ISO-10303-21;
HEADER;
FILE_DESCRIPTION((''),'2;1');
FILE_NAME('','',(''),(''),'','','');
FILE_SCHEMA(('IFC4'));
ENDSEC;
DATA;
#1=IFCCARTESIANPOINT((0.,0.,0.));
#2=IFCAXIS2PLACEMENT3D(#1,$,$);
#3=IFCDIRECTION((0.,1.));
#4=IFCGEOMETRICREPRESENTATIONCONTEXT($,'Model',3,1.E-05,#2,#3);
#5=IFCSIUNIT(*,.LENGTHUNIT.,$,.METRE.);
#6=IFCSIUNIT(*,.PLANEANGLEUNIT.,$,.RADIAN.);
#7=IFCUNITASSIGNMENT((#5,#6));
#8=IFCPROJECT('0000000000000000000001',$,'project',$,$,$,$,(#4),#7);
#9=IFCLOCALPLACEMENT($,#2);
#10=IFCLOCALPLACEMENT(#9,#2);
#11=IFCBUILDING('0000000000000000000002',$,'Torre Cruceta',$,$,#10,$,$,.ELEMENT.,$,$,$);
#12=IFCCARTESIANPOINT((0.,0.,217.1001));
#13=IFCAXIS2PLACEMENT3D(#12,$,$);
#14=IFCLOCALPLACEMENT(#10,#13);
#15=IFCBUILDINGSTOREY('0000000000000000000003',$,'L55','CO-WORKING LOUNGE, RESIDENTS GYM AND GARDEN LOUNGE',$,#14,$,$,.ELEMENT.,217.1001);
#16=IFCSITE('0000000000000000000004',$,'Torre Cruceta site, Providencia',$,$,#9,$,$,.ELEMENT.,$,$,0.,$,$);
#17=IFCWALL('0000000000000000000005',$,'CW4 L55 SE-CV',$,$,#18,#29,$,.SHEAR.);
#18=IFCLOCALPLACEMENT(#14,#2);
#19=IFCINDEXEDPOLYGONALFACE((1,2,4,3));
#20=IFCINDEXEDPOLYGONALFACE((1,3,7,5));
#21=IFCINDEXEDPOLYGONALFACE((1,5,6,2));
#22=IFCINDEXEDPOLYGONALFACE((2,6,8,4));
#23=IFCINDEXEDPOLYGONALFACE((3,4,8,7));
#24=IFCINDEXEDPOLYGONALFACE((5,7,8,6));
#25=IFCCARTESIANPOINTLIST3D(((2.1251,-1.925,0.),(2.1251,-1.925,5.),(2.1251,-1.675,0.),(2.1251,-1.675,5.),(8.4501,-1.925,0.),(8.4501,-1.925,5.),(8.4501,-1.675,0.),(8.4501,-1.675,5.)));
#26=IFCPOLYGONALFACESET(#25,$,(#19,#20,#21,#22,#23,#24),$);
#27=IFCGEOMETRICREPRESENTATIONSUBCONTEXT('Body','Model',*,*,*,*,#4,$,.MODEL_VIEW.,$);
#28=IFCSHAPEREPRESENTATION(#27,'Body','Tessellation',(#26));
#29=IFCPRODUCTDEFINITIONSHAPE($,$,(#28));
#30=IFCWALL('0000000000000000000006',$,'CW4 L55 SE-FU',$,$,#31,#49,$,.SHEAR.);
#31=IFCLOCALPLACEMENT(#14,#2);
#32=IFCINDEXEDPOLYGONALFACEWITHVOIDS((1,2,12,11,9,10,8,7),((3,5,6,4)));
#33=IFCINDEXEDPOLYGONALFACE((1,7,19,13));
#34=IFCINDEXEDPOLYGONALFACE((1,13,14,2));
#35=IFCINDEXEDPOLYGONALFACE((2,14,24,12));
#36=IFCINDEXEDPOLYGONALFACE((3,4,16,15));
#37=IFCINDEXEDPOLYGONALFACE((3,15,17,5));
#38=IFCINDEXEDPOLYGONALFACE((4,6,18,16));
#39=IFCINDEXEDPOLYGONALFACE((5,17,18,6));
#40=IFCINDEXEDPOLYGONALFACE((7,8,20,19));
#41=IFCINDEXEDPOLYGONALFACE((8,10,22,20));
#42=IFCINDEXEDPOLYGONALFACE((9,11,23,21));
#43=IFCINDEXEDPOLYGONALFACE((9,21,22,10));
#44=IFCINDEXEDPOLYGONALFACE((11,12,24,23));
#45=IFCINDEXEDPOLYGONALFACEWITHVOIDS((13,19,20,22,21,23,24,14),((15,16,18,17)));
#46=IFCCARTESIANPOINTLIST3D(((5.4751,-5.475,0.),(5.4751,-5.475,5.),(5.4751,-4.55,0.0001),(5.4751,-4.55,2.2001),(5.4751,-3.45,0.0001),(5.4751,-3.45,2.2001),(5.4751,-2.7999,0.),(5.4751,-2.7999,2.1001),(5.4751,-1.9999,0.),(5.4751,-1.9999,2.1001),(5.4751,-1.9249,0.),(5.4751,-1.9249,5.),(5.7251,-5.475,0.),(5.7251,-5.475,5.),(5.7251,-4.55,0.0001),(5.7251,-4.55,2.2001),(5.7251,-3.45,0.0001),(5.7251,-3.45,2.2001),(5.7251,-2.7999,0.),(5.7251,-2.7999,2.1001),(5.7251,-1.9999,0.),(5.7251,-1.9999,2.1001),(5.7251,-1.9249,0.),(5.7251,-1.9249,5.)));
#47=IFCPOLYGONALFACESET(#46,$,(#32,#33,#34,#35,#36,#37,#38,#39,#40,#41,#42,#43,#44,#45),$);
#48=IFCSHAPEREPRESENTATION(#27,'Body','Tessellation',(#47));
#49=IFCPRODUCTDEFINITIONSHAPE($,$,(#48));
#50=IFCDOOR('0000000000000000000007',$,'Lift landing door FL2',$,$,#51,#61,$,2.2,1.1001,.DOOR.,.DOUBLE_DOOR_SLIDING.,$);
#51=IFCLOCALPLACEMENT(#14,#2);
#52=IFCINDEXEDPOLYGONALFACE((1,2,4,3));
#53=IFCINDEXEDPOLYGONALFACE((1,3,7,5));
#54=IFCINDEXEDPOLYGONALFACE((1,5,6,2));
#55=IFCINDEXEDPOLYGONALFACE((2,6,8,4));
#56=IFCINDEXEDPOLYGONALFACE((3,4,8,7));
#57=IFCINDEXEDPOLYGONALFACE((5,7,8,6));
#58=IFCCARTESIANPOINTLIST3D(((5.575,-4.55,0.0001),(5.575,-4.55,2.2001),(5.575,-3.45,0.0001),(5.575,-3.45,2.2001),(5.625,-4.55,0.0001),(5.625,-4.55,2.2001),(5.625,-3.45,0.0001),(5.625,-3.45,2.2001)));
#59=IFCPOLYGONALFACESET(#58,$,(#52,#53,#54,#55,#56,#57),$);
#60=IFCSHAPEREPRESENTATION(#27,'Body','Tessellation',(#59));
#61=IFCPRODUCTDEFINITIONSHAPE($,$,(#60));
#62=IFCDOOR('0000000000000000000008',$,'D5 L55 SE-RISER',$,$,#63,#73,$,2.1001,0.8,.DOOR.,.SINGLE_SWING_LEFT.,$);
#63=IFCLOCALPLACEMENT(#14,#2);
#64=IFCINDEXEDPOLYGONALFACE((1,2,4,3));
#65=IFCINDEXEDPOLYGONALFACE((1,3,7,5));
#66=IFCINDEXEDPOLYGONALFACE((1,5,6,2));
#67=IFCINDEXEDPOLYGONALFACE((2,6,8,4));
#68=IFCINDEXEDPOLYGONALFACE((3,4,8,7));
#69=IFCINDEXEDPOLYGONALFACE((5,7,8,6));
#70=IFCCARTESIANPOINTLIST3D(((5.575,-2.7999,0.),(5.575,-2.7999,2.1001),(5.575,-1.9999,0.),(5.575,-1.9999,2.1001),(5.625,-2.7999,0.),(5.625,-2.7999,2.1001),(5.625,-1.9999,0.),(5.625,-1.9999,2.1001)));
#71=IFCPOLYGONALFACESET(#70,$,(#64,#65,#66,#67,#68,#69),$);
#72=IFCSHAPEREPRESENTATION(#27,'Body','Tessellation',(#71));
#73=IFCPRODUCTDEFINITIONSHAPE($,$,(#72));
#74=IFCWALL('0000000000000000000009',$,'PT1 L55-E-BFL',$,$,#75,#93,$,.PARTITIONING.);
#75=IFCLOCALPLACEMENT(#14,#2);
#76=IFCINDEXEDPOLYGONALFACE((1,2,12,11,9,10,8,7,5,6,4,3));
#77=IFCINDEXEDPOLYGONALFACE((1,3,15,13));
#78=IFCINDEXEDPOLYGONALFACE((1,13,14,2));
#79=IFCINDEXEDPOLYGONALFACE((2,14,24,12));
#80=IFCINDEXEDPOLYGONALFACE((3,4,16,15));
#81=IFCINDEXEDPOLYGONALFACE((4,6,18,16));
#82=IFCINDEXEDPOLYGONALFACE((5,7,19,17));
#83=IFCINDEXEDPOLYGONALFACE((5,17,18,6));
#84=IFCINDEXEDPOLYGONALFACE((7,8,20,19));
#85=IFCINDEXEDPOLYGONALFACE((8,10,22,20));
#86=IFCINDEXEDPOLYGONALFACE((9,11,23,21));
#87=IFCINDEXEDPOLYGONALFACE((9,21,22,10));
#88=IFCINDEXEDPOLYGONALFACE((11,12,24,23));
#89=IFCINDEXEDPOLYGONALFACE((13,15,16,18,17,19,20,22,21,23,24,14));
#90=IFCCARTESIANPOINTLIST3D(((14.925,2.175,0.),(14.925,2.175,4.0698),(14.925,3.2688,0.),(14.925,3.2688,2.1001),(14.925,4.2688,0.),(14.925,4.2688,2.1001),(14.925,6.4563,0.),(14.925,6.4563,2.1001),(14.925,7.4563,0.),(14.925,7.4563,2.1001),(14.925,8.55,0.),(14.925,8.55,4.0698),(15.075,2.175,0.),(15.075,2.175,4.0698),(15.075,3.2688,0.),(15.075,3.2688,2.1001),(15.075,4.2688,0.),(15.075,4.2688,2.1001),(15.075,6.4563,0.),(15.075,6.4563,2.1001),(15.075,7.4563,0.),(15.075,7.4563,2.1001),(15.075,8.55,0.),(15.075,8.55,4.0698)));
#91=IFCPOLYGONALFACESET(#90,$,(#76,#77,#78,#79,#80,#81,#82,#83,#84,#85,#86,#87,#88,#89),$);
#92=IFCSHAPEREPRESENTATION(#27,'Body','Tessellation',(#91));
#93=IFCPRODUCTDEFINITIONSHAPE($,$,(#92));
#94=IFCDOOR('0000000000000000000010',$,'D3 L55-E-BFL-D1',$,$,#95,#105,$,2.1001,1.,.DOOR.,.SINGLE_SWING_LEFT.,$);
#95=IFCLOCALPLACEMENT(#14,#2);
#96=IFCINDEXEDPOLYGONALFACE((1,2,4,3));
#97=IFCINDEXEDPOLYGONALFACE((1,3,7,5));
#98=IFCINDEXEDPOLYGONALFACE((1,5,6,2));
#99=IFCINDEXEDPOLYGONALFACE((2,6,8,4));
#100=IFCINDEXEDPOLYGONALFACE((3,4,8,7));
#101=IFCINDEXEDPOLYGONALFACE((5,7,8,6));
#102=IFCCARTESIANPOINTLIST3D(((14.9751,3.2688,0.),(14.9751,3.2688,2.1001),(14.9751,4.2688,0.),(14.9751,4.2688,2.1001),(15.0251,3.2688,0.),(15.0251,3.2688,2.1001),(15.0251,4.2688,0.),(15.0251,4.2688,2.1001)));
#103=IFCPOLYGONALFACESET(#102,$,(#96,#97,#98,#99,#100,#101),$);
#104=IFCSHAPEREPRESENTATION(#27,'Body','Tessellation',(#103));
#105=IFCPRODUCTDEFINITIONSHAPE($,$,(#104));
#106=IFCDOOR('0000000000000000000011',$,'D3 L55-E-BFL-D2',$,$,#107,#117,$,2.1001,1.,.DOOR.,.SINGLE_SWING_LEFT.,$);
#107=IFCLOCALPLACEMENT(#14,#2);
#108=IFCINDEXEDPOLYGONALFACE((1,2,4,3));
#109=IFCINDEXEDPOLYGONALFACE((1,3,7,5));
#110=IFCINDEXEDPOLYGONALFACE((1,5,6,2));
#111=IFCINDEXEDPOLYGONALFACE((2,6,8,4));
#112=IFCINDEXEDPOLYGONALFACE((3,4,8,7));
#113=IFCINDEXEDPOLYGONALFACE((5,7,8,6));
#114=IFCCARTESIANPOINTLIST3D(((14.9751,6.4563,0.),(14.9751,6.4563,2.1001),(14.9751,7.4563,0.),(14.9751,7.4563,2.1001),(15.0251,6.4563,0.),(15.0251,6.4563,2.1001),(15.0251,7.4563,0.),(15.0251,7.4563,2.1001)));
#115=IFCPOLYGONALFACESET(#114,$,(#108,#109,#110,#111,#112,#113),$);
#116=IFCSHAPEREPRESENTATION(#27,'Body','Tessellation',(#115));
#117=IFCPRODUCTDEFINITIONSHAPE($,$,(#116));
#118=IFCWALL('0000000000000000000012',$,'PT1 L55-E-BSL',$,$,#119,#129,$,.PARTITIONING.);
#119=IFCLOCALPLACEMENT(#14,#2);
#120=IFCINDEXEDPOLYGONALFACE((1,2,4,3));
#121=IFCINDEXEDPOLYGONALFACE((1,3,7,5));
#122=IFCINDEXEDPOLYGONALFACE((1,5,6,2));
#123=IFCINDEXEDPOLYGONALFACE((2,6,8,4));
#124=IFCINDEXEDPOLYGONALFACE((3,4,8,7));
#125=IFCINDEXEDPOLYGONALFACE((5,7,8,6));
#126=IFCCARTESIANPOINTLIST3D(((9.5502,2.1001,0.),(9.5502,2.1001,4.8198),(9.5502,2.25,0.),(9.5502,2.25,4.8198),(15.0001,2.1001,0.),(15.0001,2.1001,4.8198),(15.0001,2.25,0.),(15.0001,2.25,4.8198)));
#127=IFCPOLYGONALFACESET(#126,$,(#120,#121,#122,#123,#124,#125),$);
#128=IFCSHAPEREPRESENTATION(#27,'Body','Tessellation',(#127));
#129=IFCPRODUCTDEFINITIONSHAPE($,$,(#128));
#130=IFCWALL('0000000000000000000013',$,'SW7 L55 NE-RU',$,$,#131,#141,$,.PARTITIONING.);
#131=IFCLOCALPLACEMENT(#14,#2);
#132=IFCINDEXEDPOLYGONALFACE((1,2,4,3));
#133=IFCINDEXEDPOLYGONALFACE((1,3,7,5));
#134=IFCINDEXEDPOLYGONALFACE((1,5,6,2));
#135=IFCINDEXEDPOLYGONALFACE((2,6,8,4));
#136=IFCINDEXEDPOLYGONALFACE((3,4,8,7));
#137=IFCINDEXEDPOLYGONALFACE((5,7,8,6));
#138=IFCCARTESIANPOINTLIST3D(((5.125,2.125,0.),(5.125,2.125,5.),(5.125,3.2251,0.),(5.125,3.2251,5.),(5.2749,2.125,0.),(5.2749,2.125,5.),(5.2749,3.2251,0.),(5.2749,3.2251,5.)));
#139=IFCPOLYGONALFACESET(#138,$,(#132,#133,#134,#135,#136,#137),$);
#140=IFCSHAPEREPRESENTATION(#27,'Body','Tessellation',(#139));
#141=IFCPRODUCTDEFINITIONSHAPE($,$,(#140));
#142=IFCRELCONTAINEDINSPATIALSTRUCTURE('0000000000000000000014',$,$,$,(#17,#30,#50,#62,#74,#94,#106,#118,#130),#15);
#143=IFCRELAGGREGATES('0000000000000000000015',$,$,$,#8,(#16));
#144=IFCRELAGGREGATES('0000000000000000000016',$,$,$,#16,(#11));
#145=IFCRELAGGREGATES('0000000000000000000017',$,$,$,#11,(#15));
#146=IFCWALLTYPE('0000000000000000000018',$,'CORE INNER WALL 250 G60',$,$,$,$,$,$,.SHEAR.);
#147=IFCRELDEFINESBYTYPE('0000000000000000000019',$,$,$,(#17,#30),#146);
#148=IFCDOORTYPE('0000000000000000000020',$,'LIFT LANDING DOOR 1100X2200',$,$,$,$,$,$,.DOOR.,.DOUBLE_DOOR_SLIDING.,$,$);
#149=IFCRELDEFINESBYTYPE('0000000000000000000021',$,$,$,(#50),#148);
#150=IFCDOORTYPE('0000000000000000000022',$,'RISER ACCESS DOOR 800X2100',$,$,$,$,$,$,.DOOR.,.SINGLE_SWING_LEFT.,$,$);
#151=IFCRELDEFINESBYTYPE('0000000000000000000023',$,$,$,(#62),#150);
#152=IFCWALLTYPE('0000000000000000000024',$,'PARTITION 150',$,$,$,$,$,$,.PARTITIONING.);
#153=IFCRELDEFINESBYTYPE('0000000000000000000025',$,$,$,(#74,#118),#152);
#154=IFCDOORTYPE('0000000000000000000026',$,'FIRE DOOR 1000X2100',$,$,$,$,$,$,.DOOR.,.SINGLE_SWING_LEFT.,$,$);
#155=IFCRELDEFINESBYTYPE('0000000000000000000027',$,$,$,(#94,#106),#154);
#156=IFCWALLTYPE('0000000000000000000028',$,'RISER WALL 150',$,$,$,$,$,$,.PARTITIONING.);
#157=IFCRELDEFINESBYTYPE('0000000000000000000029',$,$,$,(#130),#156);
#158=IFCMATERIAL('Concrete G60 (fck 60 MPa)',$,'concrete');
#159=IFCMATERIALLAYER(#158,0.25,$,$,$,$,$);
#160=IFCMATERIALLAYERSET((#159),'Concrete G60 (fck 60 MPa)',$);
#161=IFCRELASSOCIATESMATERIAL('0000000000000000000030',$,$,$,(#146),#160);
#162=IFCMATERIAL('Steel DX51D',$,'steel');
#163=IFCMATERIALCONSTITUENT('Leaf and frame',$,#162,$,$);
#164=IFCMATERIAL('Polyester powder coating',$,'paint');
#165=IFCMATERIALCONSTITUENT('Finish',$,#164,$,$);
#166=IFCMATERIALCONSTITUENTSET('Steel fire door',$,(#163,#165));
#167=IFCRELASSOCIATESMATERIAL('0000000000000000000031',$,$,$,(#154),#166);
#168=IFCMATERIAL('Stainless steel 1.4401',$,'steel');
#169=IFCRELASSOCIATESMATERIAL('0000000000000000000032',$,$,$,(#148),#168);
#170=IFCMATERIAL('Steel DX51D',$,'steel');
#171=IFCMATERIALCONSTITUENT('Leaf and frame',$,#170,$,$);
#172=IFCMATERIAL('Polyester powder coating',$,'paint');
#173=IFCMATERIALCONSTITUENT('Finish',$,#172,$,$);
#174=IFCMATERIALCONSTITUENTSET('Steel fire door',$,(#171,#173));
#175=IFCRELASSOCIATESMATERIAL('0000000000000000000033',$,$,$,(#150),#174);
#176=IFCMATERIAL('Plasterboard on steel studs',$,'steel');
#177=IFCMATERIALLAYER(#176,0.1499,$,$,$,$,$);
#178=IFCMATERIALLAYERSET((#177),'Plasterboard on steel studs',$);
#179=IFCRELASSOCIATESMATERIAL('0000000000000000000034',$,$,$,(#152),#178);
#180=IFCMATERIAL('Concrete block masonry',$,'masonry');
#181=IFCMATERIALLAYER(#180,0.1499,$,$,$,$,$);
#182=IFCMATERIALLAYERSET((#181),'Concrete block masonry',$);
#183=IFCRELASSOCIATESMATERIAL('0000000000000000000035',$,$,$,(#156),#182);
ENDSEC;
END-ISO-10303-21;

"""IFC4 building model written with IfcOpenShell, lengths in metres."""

from ifc_helpers import new_model, si_unit, direction, frame, frame_2d, origin, place, context, subcontext, project, spatial, rectangle, extrude, material, layer, layer_set, constituent, constituent_set, type_object, element, fill, save


model = new_model("IFC4")

# Units and contexts
model_context = context("Model", 3, precision=1e-05, world=origin(), true_north=direction((0.0, 1.0)))
body_context = subcontext(model_context, "Body", "Model", "MODEL_VIEW")
ifc_project = project(units=[si_unit("LENGTHUNIT", "METRE"), si_unit("PLANEANGLEUNIT", "RADIAN")], contexts=[model_context])

# Site, building, storey
site_placement = place(None, origin())
site = spatial("IfcSite", under=ifc_project, at=site_placement, Name="Torre Cruceta site, Providencia", CompositionType="ELEMENT", RefElevation=0.0)
building_placement = place(site_placement, origin())
building = spatial("IfcBuilding", under=site, at=building_placement, Name="Torre Cruceta", CompositionType="ELEMENT")
storey_placement = place(building_placement, frame((0.0, 0.0, 217.1001)))
storey = spatial("IfcBuildingStorey", under=building, at=storey_placement, Name="L55", Description="CO-WORKING LOUNGE, RESIDENTS GYM AND GARDEN LOUNGE", CompositionType="ELEMENT", Elevation=217.1001)

# Shared definitions
ifc_material_1 = material(Name="Concrete G60 (fck 60 MPa)", Category="concrete")
ifc_layer_1 = layer(ifc_material_1, 0.25)
ifc_layer_set_1 = layer_set([ifc_layer_1], Name="Concrete G60 (fck 60 MPa)")
wall_type_1 = type_object("IfcWallType", Name="CORE INNER WALL 250 G60", PredefinedType="SHEAR", material=ifc_layer_set_1)

# Shared definitions
ifc_material_2 = material(Name="Steel DX51D", Category="steel")
ifc_constituent_1 = constituent(ifc_material_2, Name="Leaf and frame")
ifc_material_3 = material(Name="Polyester powder coating", Category="paint")
ifc_constituent_2 = constituent(ifc_material_3, Name="Finish")
ifc_constituent_set_1 = constituent_set(constituents=[ifc_constituent_1, ifc_constituent_2], Name="Steel fire door")
door_type_1 = type_object("IfcDoorType", Name="FIRE DOOR 1000X2100", OperationType="SINGLE_SWING_LEFT", PredefinedType="DOOR", material=ifc_constituent_set_1)

# Wall
wall_1_placement = place(storey_placement, frame((2.125, -1.8, 0.0), z_axis=(0.0, 0.0, 1.0), x_axis=(1.0, 0.0, 0.0)))
element("IfcWall", 1, at=wall_1_placement, inside=storey, type_object=wall_type_1, Name="CW4 L55 SE-CV", PredefinedType="SHEAR", context=body_context, shape_type="SweptSolid", body=[
    extrude(rectangle(XDim=6.325, YDim=0.25, at=frame_2d((3.1626, 0.0))), origin(), (0.0, 0.0, 1.0), 5.0),
])

# Walls, openings, doors
wall_2_placement = place(storey_placement, frame((5.6001, -1.925, 0.0), z_axis=(0.0, 0.0, 1.0), x_axis=(0.0, -1.0, 0.0)))
wall_2 = element("IfcWall", 2, at=wall_2_placement, inside=storey, type_object=wall_type_1, Name="CW4 L55 SE-FU", PredefinedType="SHEAR", context=body_context, shape_type="SweptSolid", body=[
    extrude(rectangle(XDim=3.55, YDim=0.25, at=frame_2d((1.7749, 0.0))), origin(), (0.0, 0.0, 1.0), 5.0),
])
opening_1_placement = place(wall_2_placement, frame((1.5249, 0.0, 0.0)))
opening_1 = element("IfcOpeningElement", 3, at=opening_1_placement, cuts=wall_2, PredefinedType="OPENING", context=body_context, shape_type="SweptSolid", body=[
    extrude(rectangle(XDim=1.1001, YDim=2.2, at=frame_2d((0.55, 1.1001))), frame((0.0, 0.135, 0.0), z_axis=(0.0, -1.0, 0.0), x_axis=(1.0, 0.0, 0.0)), (0.0, 0.0, 1.0), 0.27),
])
opening_2_placement = place(wall_2_placement, frame((0.075, 0.0, 0.0)))
opening_2 = element("IfcOpeningElement", 4, at=opening_2_placement, cuts=wall_2, PredefinedType="OPENING", context=body_context, shape_type="SweptSolid", body=[
    extrude(rectangle(XDim=0.8, YDim=2.1001, at=frame_2d((0.3999, 1.05))), frame((0.0, 0.135, 0.0), z_axis=(0.0, -1.0, 0.0), x_axis=(1.0, 0.0, 0.0)), (0.0, 0.0, 1.0), 0.27),
])
ifc_material_4 = material(Name="Stainless steel 1.4401", Category="steel")
door_type_2 = type_object("IfcDoorType", Name="LIFT LANDING DOOR 1100X2200", OperationType="DOUBLE_DOOR_SLIDING", PredefinedType="DOOR", material=ifc_material_4)
door_1_placement = place(opening_1_placement, origin())
door_1 = element("IfcDoor", 5, at=door_1_placement, inside=storey, type_object=door_type_2, Name="Lift landing door FL2", OperationType="DOUBLE_DOOR_SLIDING", OverallHeight=2.2, OverallWidth=1.1001, PredefinedType="DOOR", context=body_context, shape_type="SweptSolid", body=[
    extrude(rectangle(XDim=1.1001, YDim=2.2, at=frame_2d((0.55, 1.1001))), frame((0.0, 0.0249, 0.0), z_axis=(0.0, -1.0, 0.0), x_axis=(1.0, 0.0, 0.0)), (0.0, 0.0, 1.0), 0.05),
])
fill(opening_1, door_1)
ifc_material_5 = material(Name="Steel DX51D", Category="steel")
ifc_constituent_3 = constituent(ifc_material_5, Name="Leaf and frame")
ifc_material_6 = material(Name="Polyester powder coating", Category="paint")
ifc_constituent_4 = constituent(ifc_material_6, Name="Finish")
ifc_constituent_set_2 = constituent_set(constituents=[ifc_constituent_3, ifc_constituent_4], Name="Steel fire door")
door_type_3 = type_object("IfcDoorType", Name="RISER ACCESS DOOR 800X2100", OperationType="SINGLE_SWING_LEFT", PredefinedType="DOOR", material=ifc_constituent_set_2)
door_2_placement = place(opening_2_placement, origin())
door_2 = element("IfcDoor", 6, at=door_2_placement, inside=storey, type_object=door_type_3, Name="D5 L55 SE-RISER", OperationType="SINGLE_SWING_LEFT", OverallHeight=2.1001, OverallWidth=0.8, PredefinedType="DOOR", context=body_context, shape_type="SweptSolid", body=[
    extrude(rectangle(XDim=0.8, YDim=2.1001, at=frame_2d((0.3999, 1.05))), frame((0.0, 0.0249, 0.0), z_axis=(0.0, -1.0, 0.0), x_axis=(1.0, 0.0, 0.0)), (0.0, 0.0, 1.0), 0.05),
])
fill(opening_2, door_2)
ifc_material_7 = material(Name="Plasterboard on steel studs", Category="steel")
ifc_layer_2 = layer(ifc_material_7, 0.1499)
ifc_layer_set_2 = layer_set([ifc_layer_2], Name="Plasterboard on steel studs")
wall_type_2 = type_object("IfcWallType", Name="PARTITION 150", PredefinedType="PARTITIONING", material=ifc_layer_set_2)
wall_3_placement = place(storey_placement, frame((15.0, 2.175, 0.0), z_axis=(0.0, 0.0, 1.0), x_axis=(0.0, 1.0, 0.0)))
wall_3 = element("IfcWall", 7, at=wall_3_placement, inside=storey, type_object=wall_type_2, Name="PT1 L55-E-BFL", PredefinedType="PARTITIONING", context=body_context, shape_type="SweptSolid", body=[
    extrude(rectangle(XDim=6.375, YDim=0.1499, at=frame_2d((3.1875, 0.0))), origin(), (0.0, 0.0, 1.0), 4.0698),
])
opening_3_placement = place(wall_3_placement, frame((1.0938, 0.0, 0.0)))
opening_3 = element("IfcOpeningElement", 8, at=opening_3_placement, cuts=wall_3, PredefinedType="OPENING", context=body_context, shape_type="SweptSolid", body=[
    extrude(rectangle(XDim=1.0, YDim=2.1001, at=frame_2d((0.5, 1.05))), frame((0.0, 0.085, 0.0), z_axis=(0.0, -1.0, 0.0), x_axis=(1.0, 0.0, 0.0)), (0.0, 0.0, 1.0), 0.1699),
])
opening_4_placement = place(wall_3_placement, frame((4.2812, 0.0, 0.0)))
opening_4 = element("IfcOpeningElement", 9, at=opening_4_placement, cuts=wall_3, PredefinedType="OPENING", context=body_context, shape_type="SweptSolid", body=[
    extrude(rectangle(XDim=1.0, YDim=2.1001, at=frame_2d((0.5, 1.05))), frame((0.0, 0.085, 0.0), z_axis=(0.0, -1.0, 0.0), x_axis=(1.0, 0.0, 0.0)), (0.0, 0.0, 1.0), 0.1699),
])
door_3_placement = place(opening_3_placement, origin())
door_3 = element("IfcDoor", 10, at=door_3_placement, inside=storey, type_object=door_type_1, Name="D3 L55-E-BFL-D1", OperationType="SINGLE_SWING_LEFT", OverallHeight=2.1001, OverallWidth=1.0, PredefinedType="DOOR", context=body_context, shape_type="SweptSolid", body=[
    extrude(rectangle(XDim=1.0, YDim=2.1001, at=frame_2d((0.5, 1.05))), frame((0.0, 0.0249, 0.0), z_axis=(0.0, -1.0, 0.0), x_axis=(1.0, 0.0, 0.0)), (0.0, 0.0, 1.0), 0.05),
])
fill(opening_3, door_3)
door_4_placement = place(opening_4_placement, origin())
door_4 = element("IfcDoor", 11, at=door_4_placement, inside=storey, type_object=door_type_1, Name="D3 L55-E-BFL-D2", OperationType="SINGLE_SWING_LEFT", OverallHeight=2.1001, OverallWidth=1.0, PredefinedType="DOOR", context=body_context, shape_type="SweptSolid", body=[
    extrude(rectangle(XDim=1.0, YDim=2.1001, at=frame_2d((0.5, 1.05))), frame((0.0, 0.0249, 0.0), z_axis=(0.0, -1.0, 0.0), x_axis=(1.0, 0.0, 0.0)), (0.0, 0.0, 1.0), 0.05),
])
fill(opening_4, door_4)

# Walls
wall_4_placement = place(storey_placement, frame((9.55, 2.175, 0.0), z_axis=(0.0, 0.0, 1.0), x_axis=(1.0, 0.0, 0.0)))
element("IfcWall", 12, at=wall_4_placement, inside=storey, type_object=wall_type_2, Name="PT1 L55-E-BSL", PredefinedType="PARTITIONING", context=body_context, shape_type="SweptSolid", body=[
    extrude(rectangle(XDim=5.45, YDim=0.1499, at=frame_2d((2.7251, 0.0))), origin(), (0.0, 0.0, 1.0), 4.8198),
])
ifc_material_8 = material(Name="Concrete block masonry", Category="masonry")
ifc_layer_3 = layer(ifc_material_8, 0.1499)
ifc_layer_set_3 = layer_set([ifc_layer_3], Name="Concrete block masonry")
wall_type_3 = type_object("IfcWallType", Name="RISER WALL 150", PredefinedType="PARTITIONING", material=ifc_layer_set_3)
wall_5_placement = place(storey_placement, frame((5.2, 2.125, 0.0), z_axis=(0.0, 0.0, 1.0), x_axis=(0.0, 1.0, 0.0)))
element("IfcWall", 13, at=wall_5_placement, inside=storey, type_object=wall_type_3, Name="SW7 L55 NE-RU", PredefinedType="PARTITIONING", context=body_context, shape_type="SweptSolid", body=[
    extrude(rectangle(XDim=1.1001, YDim=0.1499, at=frame_2d((0.55, 0.0))), origin(), (0.0, 0.0, 1.0), 5.0),
])

save(model, "model.ifc")
